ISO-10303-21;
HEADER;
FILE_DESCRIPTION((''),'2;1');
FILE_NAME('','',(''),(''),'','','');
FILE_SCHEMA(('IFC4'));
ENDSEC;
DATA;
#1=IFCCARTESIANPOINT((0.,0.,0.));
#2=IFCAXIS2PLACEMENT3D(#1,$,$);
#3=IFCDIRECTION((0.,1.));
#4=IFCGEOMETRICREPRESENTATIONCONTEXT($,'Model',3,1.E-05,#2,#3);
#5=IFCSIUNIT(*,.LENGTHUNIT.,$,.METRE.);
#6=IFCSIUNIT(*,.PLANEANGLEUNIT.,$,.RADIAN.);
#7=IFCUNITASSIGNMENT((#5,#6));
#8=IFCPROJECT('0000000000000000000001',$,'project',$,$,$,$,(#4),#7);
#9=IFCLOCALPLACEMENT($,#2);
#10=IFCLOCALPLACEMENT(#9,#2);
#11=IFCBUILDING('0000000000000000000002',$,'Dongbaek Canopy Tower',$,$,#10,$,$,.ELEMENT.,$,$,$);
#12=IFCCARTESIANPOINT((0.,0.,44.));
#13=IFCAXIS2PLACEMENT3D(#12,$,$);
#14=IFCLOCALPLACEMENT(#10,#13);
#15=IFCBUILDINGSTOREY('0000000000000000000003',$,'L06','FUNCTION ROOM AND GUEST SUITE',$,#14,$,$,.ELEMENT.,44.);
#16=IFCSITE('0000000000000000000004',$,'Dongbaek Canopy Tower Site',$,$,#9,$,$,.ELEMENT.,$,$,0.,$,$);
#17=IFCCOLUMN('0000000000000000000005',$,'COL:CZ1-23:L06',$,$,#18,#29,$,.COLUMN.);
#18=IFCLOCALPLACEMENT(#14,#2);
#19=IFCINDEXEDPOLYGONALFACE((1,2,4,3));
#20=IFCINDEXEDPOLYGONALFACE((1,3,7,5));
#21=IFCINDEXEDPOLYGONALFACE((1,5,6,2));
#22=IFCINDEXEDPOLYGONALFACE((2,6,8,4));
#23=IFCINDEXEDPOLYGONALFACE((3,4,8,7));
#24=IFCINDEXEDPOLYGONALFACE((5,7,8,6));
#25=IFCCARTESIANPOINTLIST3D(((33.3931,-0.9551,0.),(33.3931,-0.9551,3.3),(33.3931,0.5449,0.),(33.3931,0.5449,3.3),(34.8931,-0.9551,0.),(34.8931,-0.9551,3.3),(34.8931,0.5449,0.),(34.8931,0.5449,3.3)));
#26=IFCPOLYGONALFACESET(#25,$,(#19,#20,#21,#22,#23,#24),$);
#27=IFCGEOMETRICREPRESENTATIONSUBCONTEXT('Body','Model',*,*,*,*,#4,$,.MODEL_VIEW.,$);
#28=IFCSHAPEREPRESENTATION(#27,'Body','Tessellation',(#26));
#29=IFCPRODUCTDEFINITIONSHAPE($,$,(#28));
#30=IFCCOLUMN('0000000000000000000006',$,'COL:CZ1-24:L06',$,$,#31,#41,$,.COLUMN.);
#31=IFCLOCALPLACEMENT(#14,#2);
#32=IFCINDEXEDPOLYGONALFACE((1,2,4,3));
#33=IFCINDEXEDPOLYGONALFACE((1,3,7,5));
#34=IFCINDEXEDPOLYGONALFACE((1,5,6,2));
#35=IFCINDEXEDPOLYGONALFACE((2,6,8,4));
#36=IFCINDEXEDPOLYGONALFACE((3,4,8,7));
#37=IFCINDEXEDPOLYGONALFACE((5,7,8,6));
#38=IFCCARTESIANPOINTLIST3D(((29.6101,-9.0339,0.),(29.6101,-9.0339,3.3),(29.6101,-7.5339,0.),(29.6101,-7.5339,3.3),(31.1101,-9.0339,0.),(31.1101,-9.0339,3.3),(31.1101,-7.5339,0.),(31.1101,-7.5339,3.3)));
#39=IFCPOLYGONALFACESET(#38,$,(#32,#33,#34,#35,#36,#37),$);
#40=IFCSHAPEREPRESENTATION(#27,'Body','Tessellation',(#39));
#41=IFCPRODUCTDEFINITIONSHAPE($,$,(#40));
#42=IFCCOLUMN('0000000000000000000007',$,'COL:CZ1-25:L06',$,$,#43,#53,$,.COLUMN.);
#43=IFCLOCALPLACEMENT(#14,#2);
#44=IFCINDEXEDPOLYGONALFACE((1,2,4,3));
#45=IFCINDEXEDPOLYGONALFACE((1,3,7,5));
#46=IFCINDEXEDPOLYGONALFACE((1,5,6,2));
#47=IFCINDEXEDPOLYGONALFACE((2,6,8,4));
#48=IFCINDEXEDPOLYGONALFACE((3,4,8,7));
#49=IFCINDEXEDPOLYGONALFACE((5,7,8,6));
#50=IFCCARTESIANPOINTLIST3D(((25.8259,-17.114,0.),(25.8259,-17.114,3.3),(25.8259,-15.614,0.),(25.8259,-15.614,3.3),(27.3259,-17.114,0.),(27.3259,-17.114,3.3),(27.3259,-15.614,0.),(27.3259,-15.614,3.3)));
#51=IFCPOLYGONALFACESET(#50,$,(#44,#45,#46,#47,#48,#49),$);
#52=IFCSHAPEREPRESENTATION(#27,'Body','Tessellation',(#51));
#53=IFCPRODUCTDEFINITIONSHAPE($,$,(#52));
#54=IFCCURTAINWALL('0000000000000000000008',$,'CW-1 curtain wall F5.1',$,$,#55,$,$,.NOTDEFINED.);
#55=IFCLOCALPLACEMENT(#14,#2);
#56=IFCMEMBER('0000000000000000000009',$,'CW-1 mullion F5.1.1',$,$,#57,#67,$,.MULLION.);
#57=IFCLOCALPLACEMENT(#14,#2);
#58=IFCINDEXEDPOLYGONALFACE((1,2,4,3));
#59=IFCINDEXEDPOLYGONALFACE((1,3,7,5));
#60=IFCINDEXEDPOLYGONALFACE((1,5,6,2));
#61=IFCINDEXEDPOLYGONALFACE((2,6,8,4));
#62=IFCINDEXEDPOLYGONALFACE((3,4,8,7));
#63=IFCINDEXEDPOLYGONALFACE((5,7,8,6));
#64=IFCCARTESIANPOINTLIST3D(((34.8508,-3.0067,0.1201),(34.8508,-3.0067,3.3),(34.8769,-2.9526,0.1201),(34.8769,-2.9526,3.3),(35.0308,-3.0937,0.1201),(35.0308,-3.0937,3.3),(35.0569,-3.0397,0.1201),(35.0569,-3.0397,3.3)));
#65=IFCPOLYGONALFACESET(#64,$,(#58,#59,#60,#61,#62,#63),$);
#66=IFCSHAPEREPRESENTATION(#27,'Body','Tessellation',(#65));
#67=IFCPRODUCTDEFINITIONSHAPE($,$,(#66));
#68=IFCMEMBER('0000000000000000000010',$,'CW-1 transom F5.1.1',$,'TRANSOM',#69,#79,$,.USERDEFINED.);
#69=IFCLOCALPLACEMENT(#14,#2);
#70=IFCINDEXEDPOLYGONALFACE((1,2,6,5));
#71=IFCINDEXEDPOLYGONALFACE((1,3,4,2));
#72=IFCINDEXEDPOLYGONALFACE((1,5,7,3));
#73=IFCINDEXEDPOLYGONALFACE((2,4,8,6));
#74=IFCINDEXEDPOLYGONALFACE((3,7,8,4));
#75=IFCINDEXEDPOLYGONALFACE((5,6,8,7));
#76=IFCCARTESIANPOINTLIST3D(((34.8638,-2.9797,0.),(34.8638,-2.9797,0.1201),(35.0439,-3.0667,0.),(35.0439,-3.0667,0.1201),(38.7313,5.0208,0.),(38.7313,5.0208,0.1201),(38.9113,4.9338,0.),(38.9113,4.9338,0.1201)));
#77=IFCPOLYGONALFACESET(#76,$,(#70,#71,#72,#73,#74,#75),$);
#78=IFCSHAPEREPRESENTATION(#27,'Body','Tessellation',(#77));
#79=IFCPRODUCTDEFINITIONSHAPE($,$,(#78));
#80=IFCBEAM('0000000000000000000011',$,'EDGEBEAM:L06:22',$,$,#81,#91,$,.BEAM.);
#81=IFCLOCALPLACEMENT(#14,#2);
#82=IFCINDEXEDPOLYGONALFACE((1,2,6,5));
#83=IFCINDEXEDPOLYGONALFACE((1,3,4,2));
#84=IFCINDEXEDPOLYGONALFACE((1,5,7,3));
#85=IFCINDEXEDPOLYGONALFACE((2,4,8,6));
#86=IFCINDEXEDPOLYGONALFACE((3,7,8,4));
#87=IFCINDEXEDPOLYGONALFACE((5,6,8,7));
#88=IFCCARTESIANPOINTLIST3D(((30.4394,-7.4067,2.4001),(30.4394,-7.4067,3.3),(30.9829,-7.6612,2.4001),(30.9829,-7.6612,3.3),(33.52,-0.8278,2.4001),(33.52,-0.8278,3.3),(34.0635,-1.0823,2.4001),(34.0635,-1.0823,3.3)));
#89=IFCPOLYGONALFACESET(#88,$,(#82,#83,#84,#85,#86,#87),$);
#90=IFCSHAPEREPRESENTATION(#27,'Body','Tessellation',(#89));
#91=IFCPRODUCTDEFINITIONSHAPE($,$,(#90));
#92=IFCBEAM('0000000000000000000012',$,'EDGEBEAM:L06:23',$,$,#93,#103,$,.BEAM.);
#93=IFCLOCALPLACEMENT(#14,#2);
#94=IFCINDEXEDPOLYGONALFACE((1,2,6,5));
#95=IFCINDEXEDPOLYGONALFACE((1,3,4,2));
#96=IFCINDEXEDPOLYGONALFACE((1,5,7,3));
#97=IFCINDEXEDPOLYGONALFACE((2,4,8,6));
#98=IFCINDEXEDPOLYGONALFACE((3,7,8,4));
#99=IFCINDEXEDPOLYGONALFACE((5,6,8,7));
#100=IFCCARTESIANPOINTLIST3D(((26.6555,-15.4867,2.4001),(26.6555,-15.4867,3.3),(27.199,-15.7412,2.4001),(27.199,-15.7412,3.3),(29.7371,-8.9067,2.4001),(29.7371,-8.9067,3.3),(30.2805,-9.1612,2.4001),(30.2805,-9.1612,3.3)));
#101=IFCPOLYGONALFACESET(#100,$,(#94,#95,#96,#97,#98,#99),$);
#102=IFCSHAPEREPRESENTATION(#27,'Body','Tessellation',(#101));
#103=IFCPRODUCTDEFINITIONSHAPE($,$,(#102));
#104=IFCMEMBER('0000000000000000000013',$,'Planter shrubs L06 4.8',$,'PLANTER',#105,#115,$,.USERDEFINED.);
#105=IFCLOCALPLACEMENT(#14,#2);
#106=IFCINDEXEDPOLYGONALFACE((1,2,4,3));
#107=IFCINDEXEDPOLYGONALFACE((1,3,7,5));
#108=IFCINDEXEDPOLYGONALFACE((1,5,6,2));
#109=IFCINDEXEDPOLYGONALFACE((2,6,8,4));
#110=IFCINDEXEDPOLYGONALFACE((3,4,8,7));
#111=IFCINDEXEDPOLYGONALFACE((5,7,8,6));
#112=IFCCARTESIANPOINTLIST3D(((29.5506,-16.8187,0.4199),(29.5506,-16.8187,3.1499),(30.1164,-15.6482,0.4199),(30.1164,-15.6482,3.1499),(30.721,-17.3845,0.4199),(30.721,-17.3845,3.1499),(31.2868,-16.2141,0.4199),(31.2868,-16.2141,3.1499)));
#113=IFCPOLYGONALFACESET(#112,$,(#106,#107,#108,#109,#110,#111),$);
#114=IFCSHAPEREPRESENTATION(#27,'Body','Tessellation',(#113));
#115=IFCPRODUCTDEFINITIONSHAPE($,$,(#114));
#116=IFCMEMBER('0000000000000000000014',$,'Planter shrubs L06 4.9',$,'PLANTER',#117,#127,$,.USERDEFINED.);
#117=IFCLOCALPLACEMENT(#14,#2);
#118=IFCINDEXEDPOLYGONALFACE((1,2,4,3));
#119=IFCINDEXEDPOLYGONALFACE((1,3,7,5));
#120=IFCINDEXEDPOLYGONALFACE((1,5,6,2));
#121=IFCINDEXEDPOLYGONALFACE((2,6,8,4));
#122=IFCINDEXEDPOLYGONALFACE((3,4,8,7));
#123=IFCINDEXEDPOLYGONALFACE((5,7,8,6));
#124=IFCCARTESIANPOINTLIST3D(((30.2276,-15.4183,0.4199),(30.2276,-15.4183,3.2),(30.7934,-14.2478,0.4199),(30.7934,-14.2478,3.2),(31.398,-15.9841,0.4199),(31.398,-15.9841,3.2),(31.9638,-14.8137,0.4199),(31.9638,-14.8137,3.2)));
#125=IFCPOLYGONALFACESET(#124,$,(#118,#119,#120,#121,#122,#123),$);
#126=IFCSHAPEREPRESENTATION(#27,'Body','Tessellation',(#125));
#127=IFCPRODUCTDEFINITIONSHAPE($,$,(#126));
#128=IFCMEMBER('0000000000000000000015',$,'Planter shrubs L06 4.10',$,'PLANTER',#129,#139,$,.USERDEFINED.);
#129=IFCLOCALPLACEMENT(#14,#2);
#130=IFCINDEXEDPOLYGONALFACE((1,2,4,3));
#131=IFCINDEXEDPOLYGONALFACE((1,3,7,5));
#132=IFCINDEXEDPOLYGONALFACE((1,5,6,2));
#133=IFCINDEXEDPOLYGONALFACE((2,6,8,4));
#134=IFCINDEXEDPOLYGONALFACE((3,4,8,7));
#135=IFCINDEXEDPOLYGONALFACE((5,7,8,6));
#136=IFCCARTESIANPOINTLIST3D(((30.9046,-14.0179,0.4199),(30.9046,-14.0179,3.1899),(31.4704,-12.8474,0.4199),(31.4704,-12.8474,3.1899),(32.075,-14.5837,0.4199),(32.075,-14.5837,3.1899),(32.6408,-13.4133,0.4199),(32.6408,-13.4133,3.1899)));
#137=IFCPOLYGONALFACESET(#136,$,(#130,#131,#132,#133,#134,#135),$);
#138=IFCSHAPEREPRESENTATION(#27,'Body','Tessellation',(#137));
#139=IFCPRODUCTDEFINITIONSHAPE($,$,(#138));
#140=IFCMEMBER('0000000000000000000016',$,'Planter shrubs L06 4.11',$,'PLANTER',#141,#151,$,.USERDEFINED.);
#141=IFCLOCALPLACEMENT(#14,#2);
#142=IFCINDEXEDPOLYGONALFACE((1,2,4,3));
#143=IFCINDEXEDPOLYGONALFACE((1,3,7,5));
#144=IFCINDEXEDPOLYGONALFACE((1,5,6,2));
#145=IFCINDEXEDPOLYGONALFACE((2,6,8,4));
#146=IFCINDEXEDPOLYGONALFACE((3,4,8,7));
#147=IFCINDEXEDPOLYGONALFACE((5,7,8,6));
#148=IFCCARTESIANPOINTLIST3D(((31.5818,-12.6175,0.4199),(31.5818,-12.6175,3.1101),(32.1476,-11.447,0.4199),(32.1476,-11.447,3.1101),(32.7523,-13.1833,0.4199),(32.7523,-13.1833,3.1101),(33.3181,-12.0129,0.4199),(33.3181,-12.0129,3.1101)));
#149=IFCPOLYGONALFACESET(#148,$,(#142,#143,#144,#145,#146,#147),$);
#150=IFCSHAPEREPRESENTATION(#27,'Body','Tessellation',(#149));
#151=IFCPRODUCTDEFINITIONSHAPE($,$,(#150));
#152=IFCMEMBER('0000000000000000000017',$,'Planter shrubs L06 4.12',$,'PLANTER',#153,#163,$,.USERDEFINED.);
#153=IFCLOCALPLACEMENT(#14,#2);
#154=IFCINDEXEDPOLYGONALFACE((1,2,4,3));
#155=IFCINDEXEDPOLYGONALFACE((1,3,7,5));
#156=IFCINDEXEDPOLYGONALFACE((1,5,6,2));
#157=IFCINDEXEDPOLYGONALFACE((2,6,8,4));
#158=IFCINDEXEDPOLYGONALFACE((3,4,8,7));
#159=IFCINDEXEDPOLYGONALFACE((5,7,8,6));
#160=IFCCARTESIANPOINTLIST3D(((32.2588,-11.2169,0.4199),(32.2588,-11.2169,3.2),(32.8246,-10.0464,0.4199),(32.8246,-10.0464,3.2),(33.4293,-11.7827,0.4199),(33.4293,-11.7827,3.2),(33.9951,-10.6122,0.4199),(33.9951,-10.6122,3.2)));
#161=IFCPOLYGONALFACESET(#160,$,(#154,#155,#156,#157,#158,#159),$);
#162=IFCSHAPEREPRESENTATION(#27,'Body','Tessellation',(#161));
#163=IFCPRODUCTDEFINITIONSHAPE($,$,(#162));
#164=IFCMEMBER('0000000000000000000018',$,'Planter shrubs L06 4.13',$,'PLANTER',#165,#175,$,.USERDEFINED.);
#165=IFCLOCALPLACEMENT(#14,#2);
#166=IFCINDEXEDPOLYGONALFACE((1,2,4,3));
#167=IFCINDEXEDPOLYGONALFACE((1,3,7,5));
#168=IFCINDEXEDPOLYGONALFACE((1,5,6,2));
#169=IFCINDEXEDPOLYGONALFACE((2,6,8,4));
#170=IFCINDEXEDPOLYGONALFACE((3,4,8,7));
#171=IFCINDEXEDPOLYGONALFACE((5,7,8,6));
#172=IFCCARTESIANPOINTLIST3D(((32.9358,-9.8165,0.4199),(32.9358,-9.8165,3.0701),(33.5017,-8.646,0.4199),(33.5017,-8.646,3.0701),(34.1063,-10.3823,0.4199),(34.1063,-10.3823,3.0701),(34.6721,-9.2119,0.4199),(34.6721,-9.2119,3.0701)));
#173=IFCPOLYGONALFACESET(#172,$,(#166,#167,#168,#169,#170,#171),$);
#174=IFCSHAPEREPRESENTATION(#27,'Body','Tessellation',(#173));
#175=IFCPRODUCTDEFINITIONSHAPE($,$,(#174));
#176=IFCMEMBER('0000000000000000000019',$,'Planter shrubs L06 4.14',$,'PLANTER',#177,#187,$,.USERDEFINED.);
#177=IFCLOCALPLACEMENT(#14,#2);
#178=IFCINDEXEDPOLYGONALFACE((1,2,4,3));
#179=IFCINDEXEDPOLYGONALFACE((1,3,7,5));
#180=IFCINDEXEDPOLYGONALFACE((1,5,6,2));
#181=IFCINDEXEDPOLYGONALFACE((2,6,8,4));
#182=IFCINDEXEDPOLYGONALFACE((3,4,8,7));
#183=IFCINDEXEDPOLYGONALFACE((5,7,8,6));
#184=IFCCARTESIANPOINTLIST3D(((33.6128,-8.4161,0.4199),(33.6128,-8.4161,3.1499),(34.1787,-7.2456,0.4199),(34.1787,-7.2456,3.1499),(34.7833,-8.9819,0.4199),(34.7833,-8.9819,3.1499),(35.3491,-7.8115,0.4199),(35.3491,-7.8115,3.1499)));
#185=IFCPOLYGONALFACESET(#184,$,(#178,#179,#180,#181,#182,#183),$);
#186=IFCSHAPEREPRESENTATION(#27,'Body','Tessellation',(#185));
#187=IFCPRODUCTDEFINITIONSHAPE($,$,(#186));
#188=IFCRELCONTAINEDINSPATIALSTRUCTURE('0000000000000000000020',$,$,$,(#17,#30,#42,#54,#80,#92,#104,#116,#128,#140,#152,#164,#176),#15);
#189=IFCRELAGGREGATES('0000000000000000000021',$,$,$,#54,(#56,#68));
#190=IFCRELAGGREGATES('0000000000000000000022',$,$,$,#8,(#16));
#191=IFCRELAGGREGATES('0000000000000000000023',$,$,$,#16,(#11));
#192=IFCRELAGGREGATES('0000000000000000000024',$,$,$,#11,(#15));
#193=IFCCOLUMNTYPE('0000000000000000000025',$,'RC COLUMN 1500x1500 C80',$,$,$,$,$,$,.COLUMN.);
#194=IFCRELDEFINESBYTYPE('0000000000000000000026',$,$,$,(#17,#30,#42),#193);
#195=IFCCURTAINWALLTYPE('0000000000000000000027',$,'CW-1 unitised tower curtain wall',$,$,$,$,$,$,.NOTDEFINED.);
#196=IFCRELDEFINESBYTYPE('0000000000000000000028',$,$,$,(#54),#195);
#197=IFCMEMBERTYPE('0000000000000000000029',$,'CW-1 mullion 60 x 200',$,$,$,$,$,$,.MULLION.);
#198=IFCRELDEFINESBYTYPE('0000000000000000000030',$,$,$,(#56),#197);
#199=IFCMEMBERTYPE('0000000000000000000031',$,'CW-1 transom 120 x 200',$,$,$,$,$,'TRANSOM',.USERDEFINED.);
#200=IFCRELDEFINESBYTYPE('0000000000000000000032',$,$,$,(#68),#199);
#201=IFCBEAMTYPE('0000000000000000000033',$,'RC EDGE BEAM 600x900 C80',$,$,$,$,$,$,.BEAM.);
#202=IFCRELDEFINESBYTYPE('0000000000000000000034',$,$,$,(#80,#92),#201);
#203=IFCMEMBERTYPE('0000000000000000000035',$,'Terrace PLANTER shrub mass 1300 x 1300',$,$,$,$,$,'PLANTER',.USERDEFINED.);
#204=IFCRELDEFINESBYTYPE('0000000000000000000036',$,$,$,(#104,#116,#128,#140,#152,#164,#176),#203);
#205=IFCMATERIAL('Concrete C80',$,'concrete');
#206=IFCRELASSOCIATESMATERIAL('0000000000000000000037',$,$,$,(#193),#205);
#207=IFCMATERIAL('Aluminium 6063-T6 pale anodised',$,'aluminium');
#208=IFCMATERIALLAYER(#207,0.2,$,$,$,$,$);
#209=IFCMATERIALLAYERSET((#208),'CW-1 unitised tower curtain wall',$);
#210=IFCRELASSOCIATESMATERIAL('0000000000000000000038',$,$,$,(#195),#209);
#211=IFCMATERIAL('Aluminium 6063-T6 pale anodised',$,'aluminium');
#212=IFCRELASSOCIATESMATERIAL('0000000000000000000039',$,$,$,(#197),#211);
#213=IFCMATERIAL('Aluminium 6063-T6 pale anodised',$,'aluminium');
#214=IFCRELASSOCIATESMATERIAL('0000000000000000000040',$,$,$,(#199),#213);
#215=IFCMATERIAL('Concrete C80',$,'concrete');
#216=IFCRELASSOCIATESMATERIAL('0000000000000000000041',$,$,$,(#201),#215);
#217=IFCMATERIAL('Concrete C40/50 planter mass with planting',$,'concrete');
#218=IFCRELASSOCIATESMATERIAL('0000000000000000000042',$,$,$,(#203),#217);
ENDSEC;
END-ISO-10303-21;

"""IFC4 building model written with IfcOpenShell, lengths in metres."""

from ifc_helpers import new_model, si_unit, direction, frame, origin, origin_2d, place, context, subcontext, project, spatial, rectangle, extrude, material, layer, layer_set, material_profile, profile_set, type_object, element, aggregate, save


model = new_model("IFC4")

# Units and contexts
model_context = context("Model", 3, precision=1e-05, world=origin(), true_north=direction((0.0, 1.0)))
body_context = subcontext(model_context, "Body", "Model", "MODEL_VIEW")
ifc_project = project(units=[si_unit("LENGTHUNIT", "METRE"), si_unit("PLANEANGLEUNIT", "RADIAN")], contexts=[model_context])

# Site, building, storey
site_placement = place(None, origin())
site = spatial("IfcSite", under=ifc_project, at=site_placement, Name="Dongbaek Canopy Tower Site", CompositionType="ELEMENT", RefElevation=0.0)
building_placement = place(site_placement, origin())
building = spatial("IfcBuilding", under=site, at=building_placement, Name="Dongbaek Canopy Tower", CompositionType="ELEMENT")
storey_placement = place(building_placement, frame((0.0, 0.0, 44.0)))
storey = spatial("IfcBuildingStorey", under=building, at=storey_placement, Name="L06", Description="FUNCTION ROOM AND GUEST SUITE", CompositionType="ELEMENT", Elevation=44.0)

# Columns
ifc_material_1 = material(Name="Concrete C80", Category="concrete")
ifc_material_profile_1 = material_profile(ifc_material_1, rectangle(XDim=1.5, YDim=1.5, at=origin_2d()), Name="RC COLUMN 1500x1500 C80")
ifc_profile_set_1 = profile_set([ifc_material_profile_1], Name="Concrete C80")
column_type = type_object("IfcColumnType", Name="RC COLUMN 1500x1500 C80", PredefinedType="COLUMN", material=ifc_profile_set_1)
for number, where, z_axis, x_axis, name in (
    (1, (34.1431, -0.2051, 0.0), (0.0, 0.0, 1.0), (1.0, 0.0, 0.0), "COL:CZ1-23:L06"),
    (2, (30.3601, -8.2839, 0.0), (0.0, 0.0, 1.0), (1.0, 0.0, 0.0), "COL:CZ1-24:L06"),
    (3, (26.5759, -16.364, 0.0), (0.0, 0.0, 1.0), (1.0, 0.0, 0.0), "COL:CZ1-25:L06"),
):
    element("IfcColumn", number, at=place(storey_placement, frame(where, z_axis=z_axis, x_axis=x_axis)), inside=storey, type_object=column_type, Name=name, PredefinedType="COLUMN", context=body_context, shape_type="SweptSolid", body=[
        extrude(rectangle(XDim=1.5, YDim=1.5, at=origin_2d()), origin(), (0.0, 0.0, 1.0), 3.3),
    ])

# Curtain wall, members
ifc_material_2 = material(Name="Aluminium 6063-T6 pale anodised", Category="aluminium")
ifc_layer_1 = layer(ifc_material_2, 0.2)
ifc_layer_set_1 = layer_set([ifc_layer_1], Name="CW-1 unitised tower curtain wall")
curtain_wall_type = type_object("IfcCurtainWallType", Name="CW-1 unitised tower curtain wall", PredefinedType="NOTDEFINED", material=ifc_layer_set_1)
curtain_wall_placement = place(storey_placement, origin())
curtain_wall = element("IfcCurtainWall", 4, at=curtain_wall_placement, inside=storey, type_object=curtain_wall_type, Name="CW-1 curtain wall F5.1", PredefinedType="NOTDEFINED")
ifc_material_3 = material(Name="Aluminium 6063-T6 pale anodised", Category="aluminium")
ifc_material_profile_2 = material_profile(ifc_material_3, rectangle(XDim=0.2, YDim=0.0601, at=origin_2d()), Name="CW-1 mullion 60 x 200")
ifc_profile_set_2 = profile_set([ifc_material_profile_2], Name="Aluminium 6063-T6 pale anodised")
member_type_1 = type_object("IfcMemberType", Name="CW-1 mullion 60 x 200", PredefinedType="MULLION", material=ifc_profile_set_2)
member_1_placement = place(storey_placement, frame((34.9539, -3.0232, 0.1201), z_axis=(0.0, 0.0, 1.0), x_axis=(0.900312, -0.435245, 0.0)))
member_1 = element("IfcMember", 5, at=member_1_placement, type_object=member_type_1, Name="CW-1 mullion F5.1.1", PredefinedType="MULLION", context=body_context, shape_type="SweptSolid", body=[
    extrude(rectangle(XDim=0.2, YDim=0.0601, at=origin_2d()), origin(), (0.0, 0.0, 1.0), 3.1799),
])
ifc_material_4 = material(Name="Aluminium 6063-T6 pale anodised", Category="aluminium")
ifc_material_profile_3 = material_profile(ifc_material_4, rectangle(XDim=0.2, YDim=0.1201, at=origin_2d()), Name="CW-1 transom 120 x 200")
ifc_profile_set_3 = profile_set([ifc_material_profile_3], Name="Aluminium 6063-T6 pale anodised")
member_type_2 = type_object("IfcMemberType", Name="CW-1 transom 120 x 200", ElementType="TRANSOM", PredefinedType="USERDEFINED", material=ifc_profile_set_3)
member_2_placement = place(storey_placement, frame((34.9539, -3.0232, 0.0601), z_axis=(0.435217, 0.900326, 0.0), x_axis=(-0.900326, 0.435217, 0.0)))
member_2 = element("IfcMember", 6, at=member_2_placement, type_object=member_type_2, Name="CW-1 transom F5.1.1", ObjectType="TRANSOM", PredefinedType="USERDEFINED", context=body_context, shape_type="SweptSolid", body=[
    extrude(rectangle(XDim=0.2, YDim=0.1201, at=origin_2d()), origin(), (0.0, 0.0, 1.0), 8.8862),
])

# Beams
ifc_material_5 = material(Name="Concrete C80", Category="concrete")
ifc_material_profile_4 = material_profile(ifc_material_5, rectangle(XDim=0.6001, YDim=0.8999, at=origin_2d()), Name="RC EDGE BEAM 600x900 C80")
ifc_profile_set_4 = profile_set([ifc_material_profile_4], Name="Concrete C80")
beam_type = type_object("IfcBeamType", Name="RC EDGE BEAM 600x900 C80", PredefinedType="BEAM", material=ifc_profile_set_4)
beam_1_placement = place(storey_placement, frame((33.7917, -0.9551, 2.8501), z_axis=(-0.424064, -0.905632, 0.0), x_axis=(0.905632, -0.424064, 0.0)))
element("IfcBeam", 7, at=beam_1_placement, inside=storey, type_object=beam_type, Name="EDGEBEAM:L06:22", PredefinedType="BEAM", context=body_context, shape_type="SweptSolid", body=[
    extrude(rectangle(XDim=0.6001, YDim=0.8999, at=origin_2d()), origin(), (0.0, 0.0, 1.0), 7.2644),
])
beam_2_placement = place(storey_placement, frame((30.0088, -9.0339, 2.8501), z_axis=(-0.42411, -0.905611, 0.0), x_axis=(0.905611, -0.42411, 0.0)))
element("IfcBeam", 8, at=beam_2_placement, inside=storey, type_object=beam_type, Name="EDGEBEAM:L06:23", PredefinedType="BEAM", context=body_context, shape_type="SweptSolid", body=[
    extrude(rectangle(XDim=0.6001, YDim=0.8999, at=origin_2d()), origin(), (0.0, 0.0, 1.0), 7.2659),
])

# Members
ifc_material_6 = material(Name="Concrete C40/50 planter mass with planting", Category="concrete")
ifc_material_profile_5 = material_profile(ifc_material_6, rectangle(XDim=1.3, YDim=1.3, at=origin_2d()), Name="Terrace PLANTER shrub mass 1300 x 1300")
ifc_profile_set_5 = profile_set([ifc_material_profile_5], Name="Concrete C40/50 planter mass with planting")
member_type_3 = type_object("IfcMemberType", Name="Terrace PLANTER shrub mass 1300 x 1300", ElementType="PLANTER", PredefinedType="USERDEFINED", material=ifc_profile_set_5)
member_3_placement = place(storey_placement, frame((30.4187, -16.5164, 0.4199), z_axis=(0.0, 0.0, 1.0), x_axis=(0.900312, -0.435245, 0.0)))
element("IfcMember", 9, at=member_3_placement, inside=storey, type_object=member_type_3, Name="Planter shrubs L06 4.8", ObjectType="PLANTER", PredefinedType="USERDEFINED", context=body_context, shape_type="SweptSolid", body=[
    extrude(rectangle(XDim=1.3, YDim=1.3, at=origin_2d()), origin(), (0.0, 0.0, 1.0), 2.73),
])
member_4_placement = place(storey_placement, frame((31.0957, -15.116, 0.4199), z_axis=(0.0, 0.0, 1.0), x_axis=(0.900312, -0.435245, 0.0)))
element("IfcMember", 10, at=member_4_placement, inside=storey, type_object=member_type_3, Name="Planter shrubs L06 4.9", ObjectType="PLANTER", PredefinedType="USERDEFINED", context=body_context, shape_type="SweptSolid", body=[
    extrude(rectangle(XDim=1.3, YDim=1.3, at=origin_2d()), origin(), (0.0, 0.0, 1.0), 2.78),
])
member_5_placement = place(storey_placement, frame((31.7727, -13.7156, 0.4199), z_axis=(0.0, 0.0, 1.0), x_axis=(0.900312, -0.435245, 0.0)))
element("IfcMember", 11, at=member_5_placement, inside=storey, type_object=member_type_3, Name="Planter shrubs L06 4.10", ObjectType="PLANTER", PredefinedType="USERDEFINED", context=body_context, shape_type="SweptSolid", body=[
    extrude(rectangle(XDim=1.3, YDim=1.3, at=origin_2d()), origin(), (0.0, 0.0, 1.0), 2.77),
])
member_6_placement = place(storey_placement, frame((32.45, -12.3152, 0.4199), z_axis=(0.0, 0.0, 1.0), x_axis=(0.900312, -0.435245, 0.0)))
element("IfcMember", 12, at=member_6_placement, inside=storey, type_object=member_type_3, Name="Planter shrubs L06 4.11", ObjectType="PLANTER", PredefinedType="USERDEFINED", context=body_context, shape_type="SweptSolid", body=[
    extrude(rectangle(XDim=1.3, YDim=1.3, at=origin_2d()), origin(), (0.0, 0.0, 1.0), 2.6902),
])
member_7_placement = place(storey_placement, frame((33.127, -10.9146, 0.4199), z_axis=(0.0, 0.0, 1.0), x_axis=(0.900312, -0.435245, 0.0)))
element("IfcMember", 13, at=member_7_placement, inside=storey, type_object=member_type_3, Name="Planter shrubs L06 4.12", ObjectType="PLANTER", PredefinedType="USERDEFINED", context=body_context, shape_type="SweptSolid", body=[
    extrude(rectangle(XDim=1.3, YDim=1.3, at=origin_2d()), origin(), (0.0, 0.0, 1.0), 2.78),
])
member_8_placement = place(storey_placement, frame((33.804, -9.5142, 0.4199), z_axis=(0.0, 0.0, 1.0), x_axis=(0.900312, -0.435245, 0.0)))
element("IfcMember", 14, at=member_8_placement, inside=storey, type_object=member_type_3, Name="Planter shrubs L06 4.13", ObjectType="PLANTER", PredefinedType="USERDEFINED", context=body_context, shape_type="SweptSolid", body=[
    extrude(rectangle(XDim=1.3, YDim=1.3, at=origin_2d()), origin(), (0.0, 0.0, 1.0), 2.6501),
])
member_9_placement = place(storey_placement, frame((34.481, -8.1138, 0.4199), z_axis=(0.0, 0.0, 1.0), x_axis=(0.900312, -0.435245, 0.0)))
element("IfcMember", 15, at=member_9_placement, inside=storey, type_object=member_type_3, Name="Planter shrubs L06 4.14", ObjectType="PLANTER", PredefinedType="USERDEFINED", context=body_context, shape_type="SweptSolid", body=[
    extrude(rectangle(XDim=1.3, YDim=1.3, at=origin_2d()), origin(), (0.0, 0.0, 1.0), 2.73),
])

aggregate(curtain_wall, [member_1, member_2])

save(model, "model.ifc")
